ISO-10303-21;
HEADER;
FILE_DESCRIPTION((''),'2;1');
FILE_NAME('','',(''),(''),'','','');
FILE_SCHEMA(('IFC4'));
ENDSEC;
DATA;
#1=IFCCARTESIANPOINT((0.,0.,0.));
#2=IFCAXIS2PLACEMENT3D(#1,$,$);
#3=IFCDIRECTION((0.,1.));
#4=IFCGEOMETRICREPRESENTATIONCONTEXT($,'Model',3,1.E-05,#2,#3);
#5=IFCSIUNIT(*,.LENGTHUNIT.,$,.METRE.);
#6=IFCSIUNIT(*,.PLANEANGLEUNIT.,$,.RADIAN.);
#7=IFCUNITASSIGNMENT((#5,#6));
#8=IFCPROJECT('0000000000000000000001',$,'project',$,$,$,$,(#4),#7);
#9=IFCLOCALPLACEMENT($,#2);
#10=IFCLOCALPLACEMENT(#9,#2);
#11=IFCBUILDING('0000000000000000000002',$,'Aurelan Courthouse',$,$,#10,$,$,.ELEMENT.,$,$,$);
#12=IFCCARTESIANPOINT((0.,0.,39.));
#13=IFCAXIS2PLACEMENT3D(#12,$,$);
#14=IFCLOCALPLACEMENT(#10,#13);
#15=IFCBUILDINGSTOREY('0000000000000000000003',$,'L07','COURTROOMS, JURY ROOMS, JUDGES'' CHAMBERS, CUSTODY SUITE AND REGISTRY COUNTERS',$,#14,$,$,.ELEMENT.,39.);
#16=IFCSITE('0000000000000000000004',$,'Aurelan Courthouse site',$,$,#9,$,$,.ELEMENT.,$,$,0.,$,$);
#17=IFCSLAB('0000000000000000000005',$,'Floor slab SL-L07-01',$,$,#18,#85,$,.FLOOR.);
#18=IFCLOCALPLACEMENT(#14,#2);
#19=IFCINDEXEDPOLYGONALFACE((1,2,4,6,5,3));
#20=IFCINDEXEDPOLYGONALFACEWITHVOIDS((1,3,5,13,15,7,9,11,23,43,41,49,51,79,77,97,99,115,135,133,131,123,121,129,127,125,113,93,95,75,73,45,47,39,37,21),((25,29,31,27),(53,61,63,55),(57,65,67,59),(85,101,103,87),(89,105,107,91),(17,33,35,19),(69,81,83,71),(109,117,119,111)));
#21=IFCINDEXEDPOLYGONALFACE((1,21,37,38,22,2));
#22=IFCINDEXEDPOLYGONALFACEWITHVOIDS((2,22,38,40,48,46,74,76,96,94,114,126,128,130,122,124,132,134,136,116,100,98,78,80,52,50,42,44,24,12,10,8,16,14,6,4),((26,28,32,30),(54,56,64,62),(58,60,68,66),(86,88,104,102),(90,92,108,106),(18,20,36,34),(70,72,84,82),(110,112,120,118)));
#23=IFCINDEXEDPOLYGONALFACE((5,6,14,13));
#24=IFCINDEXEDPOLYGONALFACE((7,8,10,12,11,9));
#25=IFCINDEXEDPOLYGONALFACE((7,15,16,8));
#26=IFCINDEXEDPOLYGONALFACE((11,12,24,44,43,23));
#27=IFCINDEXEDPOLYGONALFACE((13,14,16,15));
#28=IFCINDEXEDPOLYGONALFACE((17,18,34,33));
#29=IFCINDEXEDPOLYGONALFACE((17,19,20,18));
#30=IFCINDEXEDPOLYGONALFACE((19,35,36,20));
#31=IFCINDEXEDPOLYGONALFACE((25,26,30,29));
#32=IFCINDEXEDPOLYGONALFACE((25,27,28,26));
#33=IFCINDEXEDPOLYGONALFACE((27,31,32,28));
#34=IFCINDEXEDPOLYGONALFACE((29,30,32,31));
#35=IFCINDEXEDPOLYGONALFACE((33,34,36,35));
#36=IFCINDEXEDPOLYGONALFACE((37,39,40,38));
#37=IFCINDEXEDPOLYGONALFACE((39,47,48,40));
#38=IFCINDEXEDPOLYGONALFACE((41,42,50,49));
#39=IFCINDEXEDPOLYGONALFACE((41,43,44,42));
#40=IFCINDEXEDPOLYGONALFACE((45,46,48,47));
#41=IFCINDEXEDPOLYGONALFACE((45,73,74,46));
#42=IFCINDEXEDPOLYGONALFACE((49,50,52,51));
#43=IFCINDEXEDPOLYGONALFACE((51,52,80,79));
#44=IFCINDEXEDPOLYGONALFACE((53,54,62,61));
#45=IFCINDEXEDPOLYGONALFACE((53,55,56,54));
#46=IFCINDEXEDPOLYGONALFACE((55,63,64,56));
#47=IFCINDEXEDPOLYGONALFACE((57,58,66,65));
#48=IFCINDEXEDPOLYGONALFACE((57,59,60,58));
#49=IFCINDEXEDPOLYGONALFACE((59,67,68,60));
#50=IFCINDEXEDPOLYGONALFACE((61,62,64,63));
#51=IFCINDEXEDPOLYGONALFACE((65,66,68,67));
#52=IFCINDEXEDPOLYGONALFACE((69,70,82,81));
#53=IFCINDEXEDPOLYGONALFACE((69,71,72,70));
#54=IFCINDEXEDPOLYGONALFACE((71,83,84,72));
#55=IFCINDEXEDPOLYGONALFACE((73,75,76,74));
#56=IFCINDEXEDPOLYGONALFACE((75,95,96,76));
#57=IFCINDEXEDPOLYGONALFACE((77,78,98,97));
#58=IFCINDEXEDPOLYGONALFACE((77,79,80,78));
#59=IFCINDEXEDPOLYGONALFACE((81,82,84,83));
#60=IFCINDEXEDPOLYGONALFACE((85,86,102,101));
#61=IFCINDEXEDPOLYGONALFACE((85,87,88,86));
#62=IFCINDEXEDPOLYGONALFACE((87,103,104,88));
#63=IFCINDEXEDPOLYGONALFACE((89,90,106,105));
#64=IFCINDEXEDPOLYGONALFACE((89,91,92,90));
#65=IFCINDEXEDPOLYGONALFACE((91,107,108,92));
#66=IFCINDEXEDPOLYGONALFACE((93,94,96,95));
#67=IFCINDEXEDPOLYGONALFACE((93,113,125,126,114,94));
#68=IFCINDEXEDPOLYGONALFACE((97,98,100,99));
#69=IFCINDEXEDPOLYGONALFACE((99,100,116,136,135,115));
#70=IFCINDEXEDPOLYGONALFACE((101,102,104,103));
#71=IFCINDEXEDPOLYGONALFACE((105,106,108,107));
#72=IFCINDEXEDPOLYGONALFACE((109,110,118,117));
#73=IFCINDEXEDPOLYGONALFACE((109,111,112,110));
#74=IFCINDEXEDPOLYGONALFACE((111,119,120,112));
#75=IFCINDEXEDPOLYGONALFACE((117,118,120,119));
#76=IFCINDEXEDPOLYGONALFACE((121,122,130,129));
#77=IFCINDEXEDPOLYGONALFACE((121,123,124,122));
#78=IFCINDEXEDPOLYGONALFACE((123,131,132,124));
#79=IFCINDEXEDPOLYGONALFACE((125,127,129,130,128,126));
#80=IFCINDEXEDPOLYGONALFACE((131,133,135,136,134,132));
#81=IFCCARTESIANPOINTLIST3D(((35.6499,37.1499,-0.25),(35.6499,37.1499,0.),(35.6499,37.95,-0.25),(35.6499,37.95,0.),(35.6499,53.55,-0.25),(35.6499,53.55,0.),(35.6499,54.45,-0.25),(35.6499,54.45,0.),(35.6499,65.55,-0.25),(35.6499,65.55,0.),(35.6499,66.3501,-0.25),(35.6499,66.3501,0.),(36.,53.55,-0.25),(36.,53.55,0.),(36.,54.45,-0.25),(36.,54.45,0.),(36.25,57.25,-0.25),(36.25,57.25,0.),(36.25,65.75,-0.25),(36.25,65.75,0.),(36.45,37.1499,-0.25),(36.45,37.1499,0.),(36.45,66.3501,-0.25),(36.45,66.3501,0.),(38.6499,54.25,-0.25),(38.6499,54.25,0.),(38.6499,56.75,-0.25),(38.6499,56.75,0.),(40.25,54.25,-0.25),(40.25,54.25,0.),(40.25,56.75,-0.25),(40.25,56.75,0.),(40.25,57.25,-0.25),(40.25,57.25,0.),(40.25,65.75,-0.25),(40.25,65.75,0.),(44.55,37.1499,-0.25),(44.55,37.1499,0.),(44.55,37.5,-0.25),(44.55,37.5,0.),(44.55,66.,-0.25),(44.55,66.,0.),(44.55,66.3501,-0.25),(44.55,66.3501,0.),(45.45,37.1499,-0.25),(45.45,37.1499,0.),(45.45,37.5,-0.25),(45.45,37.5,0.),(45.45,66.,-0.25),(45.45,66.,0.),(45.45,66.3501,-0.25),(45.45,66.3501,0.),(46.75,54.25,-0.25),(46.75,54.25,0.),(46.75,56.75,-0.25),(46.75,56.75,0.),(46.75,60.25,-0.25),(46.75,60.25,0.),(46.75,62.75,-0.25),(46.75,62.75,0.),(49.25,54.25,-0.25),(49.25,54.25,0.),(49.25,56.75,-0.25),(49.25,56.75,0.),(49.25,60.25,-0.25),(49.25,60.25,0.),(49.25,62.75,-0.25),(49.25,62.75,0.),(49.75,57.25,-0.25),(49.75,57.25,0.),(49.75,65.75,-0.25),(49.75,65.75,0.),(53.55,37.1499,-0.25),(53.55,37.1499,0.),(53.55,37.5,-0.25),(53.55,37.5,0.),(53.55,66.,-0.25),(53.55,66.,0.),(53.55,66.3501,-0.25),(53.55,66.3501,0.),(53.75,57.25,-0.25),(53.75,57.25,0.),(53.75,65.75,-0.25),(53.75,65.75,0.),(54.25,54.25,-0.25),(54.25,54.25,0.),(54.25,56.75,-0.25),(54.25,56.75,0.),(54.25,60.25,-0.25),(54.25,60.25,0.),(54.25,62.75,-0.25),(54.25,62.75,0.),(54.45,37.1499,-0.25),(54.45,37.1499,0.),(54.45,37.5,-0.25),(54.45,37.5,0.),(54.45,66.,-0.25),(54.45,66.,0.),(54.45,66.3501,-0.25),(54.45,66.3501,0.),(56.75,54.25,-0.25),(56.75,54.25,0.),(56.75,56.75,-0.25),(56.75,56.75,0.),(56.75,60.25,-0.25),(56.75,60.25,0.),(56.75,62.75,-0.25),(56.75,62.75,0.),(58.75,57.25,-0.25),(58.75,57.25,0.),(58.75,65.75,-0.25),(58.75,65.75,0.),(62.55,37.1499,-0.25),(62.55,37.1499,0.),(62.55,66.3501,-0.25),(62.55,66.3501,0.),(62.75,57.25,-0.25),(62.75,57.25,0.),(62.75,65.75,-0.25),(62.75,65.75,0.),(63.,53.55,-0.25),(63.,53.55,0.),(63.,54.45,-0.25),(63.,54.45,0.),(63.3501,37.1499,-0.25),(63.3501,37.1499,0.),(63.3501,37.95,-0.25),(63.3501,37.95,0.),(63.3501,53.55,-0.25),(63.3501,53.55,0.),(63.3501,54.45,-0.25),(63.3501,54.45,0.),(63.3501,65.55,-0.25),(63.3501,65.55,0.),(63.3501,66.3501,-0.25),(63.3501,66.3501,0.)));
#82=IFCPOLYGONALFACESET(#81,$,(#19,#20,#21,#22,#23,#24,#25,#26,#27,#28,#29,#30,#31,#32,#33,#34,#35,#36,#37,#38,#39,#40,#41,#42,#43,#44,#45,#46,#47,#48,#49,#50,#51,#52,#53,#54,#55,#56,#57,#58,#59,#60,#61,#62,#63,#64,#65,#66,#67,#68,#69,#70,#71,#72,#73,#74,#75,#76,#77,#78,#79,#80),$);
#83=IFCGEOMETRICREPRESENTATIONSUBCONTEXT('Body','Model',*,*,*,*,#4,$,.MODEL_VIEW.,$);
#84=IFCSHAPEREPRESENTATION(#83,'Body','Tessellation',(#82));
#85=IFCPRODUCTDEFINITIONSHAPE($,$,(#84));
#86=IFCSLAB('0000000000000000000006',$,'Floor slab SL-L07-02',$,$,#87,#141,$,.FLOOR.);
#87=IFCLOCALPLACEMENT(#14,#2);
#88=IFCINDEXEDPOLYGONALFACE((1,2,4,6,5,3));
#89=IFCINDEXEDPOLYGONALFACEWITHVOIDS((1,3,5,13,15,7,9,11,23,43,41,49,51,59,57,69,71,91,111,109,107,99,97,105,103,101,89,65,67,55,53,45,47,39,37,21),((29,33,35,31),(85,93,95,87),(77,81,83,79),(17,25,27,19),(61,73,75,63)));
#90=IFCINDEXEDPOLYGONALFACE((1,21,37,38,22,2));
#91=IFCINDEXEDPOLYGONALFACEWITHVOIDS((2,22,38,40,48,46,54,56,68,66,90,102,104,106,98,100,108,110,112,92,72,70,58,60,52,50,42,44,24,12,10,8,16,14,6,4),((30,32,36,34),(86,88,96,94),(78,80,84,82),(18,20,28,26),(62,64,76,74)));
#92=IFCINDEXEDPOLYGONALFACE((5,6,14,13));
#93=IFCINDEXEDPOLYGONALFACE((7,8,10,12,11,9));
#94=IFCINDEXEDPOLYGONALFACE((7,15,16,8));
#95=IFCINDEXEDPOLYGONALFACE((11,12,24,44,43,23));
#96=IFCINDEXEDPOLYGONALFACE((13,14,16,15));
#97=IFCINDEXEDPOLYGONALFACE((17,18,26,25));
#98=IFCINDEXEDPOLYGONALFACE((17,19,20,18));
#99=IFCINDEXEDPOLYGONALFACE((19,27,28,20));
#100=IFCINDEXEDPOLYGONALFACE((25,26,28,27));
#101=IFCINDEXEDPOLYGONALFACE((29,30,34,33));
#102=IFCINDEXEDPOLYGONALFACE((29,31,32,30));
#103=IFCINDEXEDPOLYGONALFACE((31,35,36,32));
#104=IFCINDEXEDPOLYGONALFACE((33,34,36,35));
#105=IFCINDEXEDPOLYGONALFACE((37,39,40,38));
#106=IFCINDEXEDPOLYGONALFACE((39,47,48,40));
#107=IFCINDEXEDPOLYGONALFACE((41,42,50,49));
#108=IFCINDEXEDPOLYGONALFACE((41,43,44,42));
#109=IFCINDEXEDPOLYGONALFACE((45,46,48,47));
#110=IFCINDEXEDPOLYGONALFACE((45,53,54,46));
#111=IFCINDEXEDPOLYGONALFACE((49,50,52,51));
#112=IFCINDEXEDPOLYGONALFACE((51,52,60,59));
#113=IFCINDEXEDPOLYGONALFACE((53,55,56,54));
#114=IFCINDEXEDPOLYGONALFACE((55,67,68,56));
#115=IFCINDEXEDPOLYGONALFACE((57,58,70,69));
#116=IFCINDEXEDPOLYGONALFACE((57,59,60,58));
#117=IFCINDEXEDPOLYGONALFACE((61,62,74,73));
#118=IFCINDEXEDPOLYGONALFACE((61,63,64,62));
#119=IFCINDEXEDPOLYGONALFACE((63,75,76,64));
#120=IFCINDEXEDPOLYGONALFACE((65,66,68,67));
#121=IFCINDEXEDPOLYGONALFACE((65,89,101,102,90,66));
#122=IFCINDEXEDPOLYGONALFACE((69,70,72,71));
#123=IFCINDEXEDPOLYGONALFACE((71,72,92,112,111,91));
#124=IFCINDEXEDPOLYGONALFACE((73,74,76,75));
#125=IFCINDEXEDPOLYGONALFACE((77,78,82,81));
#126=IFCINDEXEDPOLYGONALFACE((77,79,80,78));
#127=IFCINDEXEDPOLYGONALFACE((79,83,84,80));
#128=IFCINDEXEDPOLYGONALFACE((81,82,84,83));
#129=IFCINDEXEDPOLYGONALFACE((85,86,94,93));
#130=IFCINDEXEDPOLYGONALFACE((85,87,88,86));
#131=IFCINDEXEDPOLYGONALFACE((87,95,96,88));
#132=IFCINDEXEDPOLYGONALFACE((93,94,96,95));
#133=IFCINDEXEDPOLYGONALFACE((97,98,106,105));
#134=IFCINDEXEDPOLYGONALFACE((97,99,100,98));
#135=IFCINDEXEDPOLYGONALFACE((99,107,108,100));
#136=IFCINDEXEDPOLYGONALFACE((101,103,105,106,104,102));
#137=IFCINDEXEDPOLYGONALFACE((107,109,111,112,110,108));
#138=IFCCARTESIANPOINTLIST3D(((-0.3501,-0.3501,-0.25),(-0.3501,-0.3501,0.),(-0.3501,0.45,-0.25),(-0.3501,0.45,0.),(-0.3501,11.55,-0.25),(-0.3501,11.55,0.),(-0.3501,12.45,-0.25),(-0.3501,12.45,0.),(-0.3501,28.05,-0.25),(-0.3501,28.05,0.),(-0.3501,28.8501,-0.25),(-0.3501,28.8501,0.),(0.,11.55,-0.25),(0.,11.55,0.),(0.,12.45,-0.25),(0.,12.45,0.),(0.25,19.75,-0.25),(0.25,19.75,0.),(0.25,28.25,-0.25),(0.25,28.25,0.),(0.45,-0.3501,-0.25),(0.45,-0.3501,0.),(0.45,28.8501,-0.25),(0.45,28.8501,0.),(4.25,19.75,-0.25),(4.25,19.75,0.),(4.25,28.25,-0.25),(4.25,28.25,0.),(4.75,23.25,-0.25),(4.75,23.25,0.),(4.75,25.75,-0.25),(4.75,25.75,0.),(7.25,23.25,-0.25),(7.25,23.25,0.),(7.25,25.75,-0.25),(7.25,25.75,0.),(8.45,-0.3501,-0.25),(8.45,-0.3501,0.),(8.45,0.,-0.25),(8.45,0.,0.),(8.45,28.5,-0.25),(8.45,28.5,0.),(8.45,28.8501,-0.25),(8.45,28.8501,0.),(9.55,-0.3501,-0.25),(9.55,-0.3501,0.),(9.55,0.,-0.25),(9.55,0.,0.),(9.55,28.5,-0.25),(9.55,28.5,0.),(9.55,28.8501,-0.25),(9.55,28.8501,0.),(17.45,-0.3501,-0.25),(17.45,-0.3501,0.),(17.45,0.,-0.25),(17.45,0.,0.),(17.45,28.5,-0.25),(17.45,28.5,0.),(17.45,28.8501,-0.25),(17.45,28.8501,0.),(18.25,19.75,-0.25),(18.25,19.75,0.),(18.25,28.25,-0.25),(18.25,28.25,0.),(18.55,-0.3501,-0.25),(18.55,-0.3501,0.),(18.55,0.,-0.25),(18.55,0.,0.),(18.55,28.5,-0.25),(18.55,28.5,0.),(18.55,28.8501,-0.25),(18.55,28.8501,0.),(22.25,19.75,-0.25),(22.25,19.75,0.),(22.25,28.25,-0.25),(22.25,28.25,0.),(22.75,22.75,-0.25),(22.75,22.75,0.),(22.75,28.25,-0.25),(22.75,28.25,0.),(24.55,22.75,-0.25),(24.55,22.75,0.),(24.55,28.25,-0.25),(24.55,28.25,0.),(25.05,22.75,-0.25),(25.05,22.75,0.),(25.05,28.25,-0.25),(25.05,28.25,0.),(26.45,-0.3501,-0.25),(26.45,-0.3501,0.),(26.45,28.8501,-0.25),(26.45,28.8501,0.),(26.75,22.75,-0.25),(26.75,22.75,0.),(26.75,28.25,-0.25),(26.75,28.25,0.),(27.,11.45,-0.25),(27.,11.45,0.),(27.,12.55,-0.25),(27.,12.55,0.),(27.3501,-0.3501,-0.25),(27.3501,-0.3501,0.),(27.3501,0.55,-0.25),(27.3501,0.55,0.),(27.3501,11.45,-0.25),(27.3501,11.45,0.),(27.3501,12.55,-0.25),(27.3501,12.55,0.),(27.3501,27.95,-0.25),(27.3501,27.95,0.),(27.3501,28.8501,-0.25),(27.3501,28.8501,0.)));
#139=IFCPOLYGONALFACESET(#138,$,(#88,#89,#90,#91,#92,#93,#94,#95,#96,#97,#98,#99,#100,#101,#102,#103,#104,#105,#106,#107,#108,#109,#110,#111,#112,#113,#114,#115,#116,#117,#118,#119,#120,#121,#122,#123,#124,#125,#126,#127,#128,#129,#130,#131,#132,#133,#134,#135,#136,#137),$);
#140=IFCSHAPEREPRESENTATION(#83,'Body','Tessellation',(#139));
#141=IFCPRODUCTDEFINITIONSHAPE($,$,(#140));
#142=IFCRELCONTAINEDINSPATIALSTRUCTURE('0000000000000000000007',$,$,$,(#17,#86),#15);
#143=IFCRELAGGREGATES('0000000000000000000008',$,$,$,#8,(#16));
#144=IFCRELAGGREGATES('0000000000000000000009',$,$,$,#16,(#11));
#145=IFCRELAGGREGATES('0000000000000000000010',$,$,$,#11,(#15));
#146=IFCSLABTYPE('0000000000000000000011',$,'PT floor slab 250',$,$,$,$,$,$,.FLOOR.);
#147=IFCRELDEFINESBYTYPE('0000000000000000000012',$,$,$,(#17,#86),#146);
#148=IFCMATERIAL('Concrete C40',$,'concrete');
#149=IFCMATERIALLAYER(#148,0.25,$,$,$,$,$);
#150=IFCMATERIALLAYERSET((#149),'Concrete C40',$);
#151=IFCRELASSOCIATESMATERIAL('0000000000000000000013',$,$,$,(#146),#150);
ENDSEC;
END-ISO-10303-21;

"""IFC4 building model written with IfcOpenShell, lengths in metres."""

from ifc_helpers import new_model, si_unit, direction, frame, origin, place, context, subcontext, project, spatial, polyline, outline, extrude, material, layer, layer_set, type_object, element, save


model = new_model("IFC4")

# Units and contexts
model_context = context("Model", 3, precision=1e-05, world=origin(), true_north=direction((0.0, 1.0)))
body_context = subcontext(model_context, "Body", "Model", "MODEL_VIEW")
ifc_project = project(units=[si_unit("LENGTHUNIT", "METRE"), si_unit("PLANEANGLEUNIT", "RADIAN")], contexts=[model_context])

# Site, building, storey
site_placement = place(None, origin())
site = spatial("IfcSite", under=ifc_project, at=site_placement, Name="Aurelan Courthouse site", CompositionType="ELEMENT", RefElevation=0.0)
building_placement = place(site_placement, origin())
building = spatial("IfcBuilding", under=site, at=building_placement, Name="Aurelan Courthouse", CompositionType="ELEMENT")
storey_placement = place(building_placement, frame((0.0, 0.0, 39.0)))
storey = spatial("IfcBuildingStorey", under=building, at=storey_placement, Name="L07", Description="COURTROOMS, JURY ROOMS, JUDGES' CHAMBERS, CUSTODY SUITE AND REGISTRY COUNTERS", CompositionType="ELEMENT", Elevation=39.0)

# Slabs
ifc_material_1 = material(Name="Concrete C40", Category="concrete")
ifc_layer_1 = layer(ifc_material_1, 0.25)
ifc_layer_set_1 = layer_set([ifc_layer_1], Name="Concrete C40")
slab_type = type_object("IfcSlabType", Name="PT floor slab 250", PredefinedType="FLOOR", material=ifc_layer_set_1)
slab_1_placement = place(storey_placement, frame((0.0, 0.0, -0.25)))
element("IfcSlab", 1, at=slab_1_placement, inside=storey, type_object=slab_type, Name="Floor slab SL-L07-01", PredefinedType="FLOOR", context=body_context, shape_type="SweptSolid", body=[
    extrude(outline(polyline([(35.6499, 66.3501), (35.6499, 65.55), (35.6499, 54.45), (36.0, 54.45), (36.0, 53.55), (35.6499, 53.55), (35.6499, 37.95), (35.6499, 37.1499), (36.45, 37.1499), (44.55, 37.1499), (44.55, 37.5), (45.45, 37.5), (45.45, 37.1499), (53.55, 37.1499), (53.55, 37.5), (54.45, 37.5), (54.45, 37.1499), (62.55, 37.1499), (63.3501, 37.1499), (63.3501, 37.95), (63.3501, 53.55), (63.0, 53.55), (63.0, 54.45), (63.3501, 54.45), (63.3501, 65.55), (63.3501, 66.3501), (62.55, 66.3501), (54.45, 66.3501), (54.45, 66.0), (53.55, 66.0), (53.55, 66.3501), (45.45, 66.3501), (45.45, 66.0), (44.55, 66.0), (44.55, 66.3501), (36.45, 66.3501), (35.6499, 66.3501)]), holes=[polyline([(58.75, 65.75), (62.75, 65.75), (62.75, 57.25), (58.75, 57.25), (58.75, 65.75)]), polyline([(56.75, 56.75), (56.75, 54.25), (54.25, 54.25), (54.25, 56.75), (56.75, 56.75)]), polyline([(56.75, 60.25), (54.25, 60.25), (54.25, 62.75), (56.75, 62.75), (56.75, 60.25)]), polyline([(49.75, 57.25), (49.75, 65.75), (53.75, 65.75), (53.75, 57.25), (49.75, 57.25)]), polyline([(46.75, 56.75), (49.25, 56.75), (49.25, 54.25), (46.75, 54.25), (46.75, 56.75)]), polyline([(46.75, 60.25), (46.75, 62.75), (49.25, 62.75), (49.25, 60.25), (46.75, 60.25)]), polyline([(40.25, 56.75), (40.25, 54.25), (38.6499, 54.25), (38.6499, 56.75), (40.25, 56.75)]), polyline([(40.25, 57.25), (36.25, 57.25), (36.25, 65.75), (40.25, 65.75), (40.25, 57.25)])]), origin(), (0.0, 0.0, 1.0), 0.25),
])
slab_2_placement = place(storey_placement, frame((0.0, 0.0, -0.25)))
element("IfcSlab", 2, at=slab_2_placement, inside=storey, type_object=slab_type, Name="Floor slab SL-L07-02", PredefinedType="FLOOR", context=body_context, shape_type="SweptSolid", body=[
    extrude(outline(polyline([(0.0, 12.45), (0.0, 11.55), (-0.3501, 11.55), (-0.3501, 0.45), (-0.3501, -0.3501), (0.45, -0.3501), (8.45, -0.3501), (8.45, 0.0), (9.55, 0.0), (9.55, -0.3501), (17.45, -0.3501), (17.45, 0.0), (18.55, 0.0), (18.55, -0.3501), (26.45, -0.3501), (27.3501, -0.3501), (27.3501, 0.55), (27.3501, 11.45), (27.0, 11.45), (27.0, 12.55), (27.3501, 12.55), (27.3501, 27.95), (27.3501, 28.8501), (26.45, 28.8501), (18.55, 28.8501), (18.55, 28.5), (17.45, 28.5), (17.45, 28.8501), (9.55, 28.8501), (9.55, 28.5), (8.45, 28.5), (8.45, 28.8501), (0.45, 28.8501), (-0.3501, 28.8501), (-0.3501, 28.05), (-0.3501, 12.45), (0.0, 12.45)]), holes=[polyline([(26.75, 28.25), (26.75, 22.75), (25.05, 22.75), (25.05, 28.25), (26.75, 28.25)]), polyline([(22.75, 28.25), (24.55, 28.25), (24.55, 22.75), (22.75, 22.75), (22.75, 28.25)]), polyline([(22.25, 28.25), (22.25, 19.75), (18.25, 19.75), (18.25, 28.25), (22.25, 28.25)]), polyline([(4.75, 23.25), (4.75, 25.75), (7.25, 25.75), (7.25, 23.25), (4.75, 23.25)]), polyline([(4.25, 19.75), (0.25, 19.75), (0.25, 28.25), (4.25, 28.25), (4.25, 19.75)])]), origin(), (0.0, 0.0, 1.0), 0.25),
])

save(model, "model.ifc")
